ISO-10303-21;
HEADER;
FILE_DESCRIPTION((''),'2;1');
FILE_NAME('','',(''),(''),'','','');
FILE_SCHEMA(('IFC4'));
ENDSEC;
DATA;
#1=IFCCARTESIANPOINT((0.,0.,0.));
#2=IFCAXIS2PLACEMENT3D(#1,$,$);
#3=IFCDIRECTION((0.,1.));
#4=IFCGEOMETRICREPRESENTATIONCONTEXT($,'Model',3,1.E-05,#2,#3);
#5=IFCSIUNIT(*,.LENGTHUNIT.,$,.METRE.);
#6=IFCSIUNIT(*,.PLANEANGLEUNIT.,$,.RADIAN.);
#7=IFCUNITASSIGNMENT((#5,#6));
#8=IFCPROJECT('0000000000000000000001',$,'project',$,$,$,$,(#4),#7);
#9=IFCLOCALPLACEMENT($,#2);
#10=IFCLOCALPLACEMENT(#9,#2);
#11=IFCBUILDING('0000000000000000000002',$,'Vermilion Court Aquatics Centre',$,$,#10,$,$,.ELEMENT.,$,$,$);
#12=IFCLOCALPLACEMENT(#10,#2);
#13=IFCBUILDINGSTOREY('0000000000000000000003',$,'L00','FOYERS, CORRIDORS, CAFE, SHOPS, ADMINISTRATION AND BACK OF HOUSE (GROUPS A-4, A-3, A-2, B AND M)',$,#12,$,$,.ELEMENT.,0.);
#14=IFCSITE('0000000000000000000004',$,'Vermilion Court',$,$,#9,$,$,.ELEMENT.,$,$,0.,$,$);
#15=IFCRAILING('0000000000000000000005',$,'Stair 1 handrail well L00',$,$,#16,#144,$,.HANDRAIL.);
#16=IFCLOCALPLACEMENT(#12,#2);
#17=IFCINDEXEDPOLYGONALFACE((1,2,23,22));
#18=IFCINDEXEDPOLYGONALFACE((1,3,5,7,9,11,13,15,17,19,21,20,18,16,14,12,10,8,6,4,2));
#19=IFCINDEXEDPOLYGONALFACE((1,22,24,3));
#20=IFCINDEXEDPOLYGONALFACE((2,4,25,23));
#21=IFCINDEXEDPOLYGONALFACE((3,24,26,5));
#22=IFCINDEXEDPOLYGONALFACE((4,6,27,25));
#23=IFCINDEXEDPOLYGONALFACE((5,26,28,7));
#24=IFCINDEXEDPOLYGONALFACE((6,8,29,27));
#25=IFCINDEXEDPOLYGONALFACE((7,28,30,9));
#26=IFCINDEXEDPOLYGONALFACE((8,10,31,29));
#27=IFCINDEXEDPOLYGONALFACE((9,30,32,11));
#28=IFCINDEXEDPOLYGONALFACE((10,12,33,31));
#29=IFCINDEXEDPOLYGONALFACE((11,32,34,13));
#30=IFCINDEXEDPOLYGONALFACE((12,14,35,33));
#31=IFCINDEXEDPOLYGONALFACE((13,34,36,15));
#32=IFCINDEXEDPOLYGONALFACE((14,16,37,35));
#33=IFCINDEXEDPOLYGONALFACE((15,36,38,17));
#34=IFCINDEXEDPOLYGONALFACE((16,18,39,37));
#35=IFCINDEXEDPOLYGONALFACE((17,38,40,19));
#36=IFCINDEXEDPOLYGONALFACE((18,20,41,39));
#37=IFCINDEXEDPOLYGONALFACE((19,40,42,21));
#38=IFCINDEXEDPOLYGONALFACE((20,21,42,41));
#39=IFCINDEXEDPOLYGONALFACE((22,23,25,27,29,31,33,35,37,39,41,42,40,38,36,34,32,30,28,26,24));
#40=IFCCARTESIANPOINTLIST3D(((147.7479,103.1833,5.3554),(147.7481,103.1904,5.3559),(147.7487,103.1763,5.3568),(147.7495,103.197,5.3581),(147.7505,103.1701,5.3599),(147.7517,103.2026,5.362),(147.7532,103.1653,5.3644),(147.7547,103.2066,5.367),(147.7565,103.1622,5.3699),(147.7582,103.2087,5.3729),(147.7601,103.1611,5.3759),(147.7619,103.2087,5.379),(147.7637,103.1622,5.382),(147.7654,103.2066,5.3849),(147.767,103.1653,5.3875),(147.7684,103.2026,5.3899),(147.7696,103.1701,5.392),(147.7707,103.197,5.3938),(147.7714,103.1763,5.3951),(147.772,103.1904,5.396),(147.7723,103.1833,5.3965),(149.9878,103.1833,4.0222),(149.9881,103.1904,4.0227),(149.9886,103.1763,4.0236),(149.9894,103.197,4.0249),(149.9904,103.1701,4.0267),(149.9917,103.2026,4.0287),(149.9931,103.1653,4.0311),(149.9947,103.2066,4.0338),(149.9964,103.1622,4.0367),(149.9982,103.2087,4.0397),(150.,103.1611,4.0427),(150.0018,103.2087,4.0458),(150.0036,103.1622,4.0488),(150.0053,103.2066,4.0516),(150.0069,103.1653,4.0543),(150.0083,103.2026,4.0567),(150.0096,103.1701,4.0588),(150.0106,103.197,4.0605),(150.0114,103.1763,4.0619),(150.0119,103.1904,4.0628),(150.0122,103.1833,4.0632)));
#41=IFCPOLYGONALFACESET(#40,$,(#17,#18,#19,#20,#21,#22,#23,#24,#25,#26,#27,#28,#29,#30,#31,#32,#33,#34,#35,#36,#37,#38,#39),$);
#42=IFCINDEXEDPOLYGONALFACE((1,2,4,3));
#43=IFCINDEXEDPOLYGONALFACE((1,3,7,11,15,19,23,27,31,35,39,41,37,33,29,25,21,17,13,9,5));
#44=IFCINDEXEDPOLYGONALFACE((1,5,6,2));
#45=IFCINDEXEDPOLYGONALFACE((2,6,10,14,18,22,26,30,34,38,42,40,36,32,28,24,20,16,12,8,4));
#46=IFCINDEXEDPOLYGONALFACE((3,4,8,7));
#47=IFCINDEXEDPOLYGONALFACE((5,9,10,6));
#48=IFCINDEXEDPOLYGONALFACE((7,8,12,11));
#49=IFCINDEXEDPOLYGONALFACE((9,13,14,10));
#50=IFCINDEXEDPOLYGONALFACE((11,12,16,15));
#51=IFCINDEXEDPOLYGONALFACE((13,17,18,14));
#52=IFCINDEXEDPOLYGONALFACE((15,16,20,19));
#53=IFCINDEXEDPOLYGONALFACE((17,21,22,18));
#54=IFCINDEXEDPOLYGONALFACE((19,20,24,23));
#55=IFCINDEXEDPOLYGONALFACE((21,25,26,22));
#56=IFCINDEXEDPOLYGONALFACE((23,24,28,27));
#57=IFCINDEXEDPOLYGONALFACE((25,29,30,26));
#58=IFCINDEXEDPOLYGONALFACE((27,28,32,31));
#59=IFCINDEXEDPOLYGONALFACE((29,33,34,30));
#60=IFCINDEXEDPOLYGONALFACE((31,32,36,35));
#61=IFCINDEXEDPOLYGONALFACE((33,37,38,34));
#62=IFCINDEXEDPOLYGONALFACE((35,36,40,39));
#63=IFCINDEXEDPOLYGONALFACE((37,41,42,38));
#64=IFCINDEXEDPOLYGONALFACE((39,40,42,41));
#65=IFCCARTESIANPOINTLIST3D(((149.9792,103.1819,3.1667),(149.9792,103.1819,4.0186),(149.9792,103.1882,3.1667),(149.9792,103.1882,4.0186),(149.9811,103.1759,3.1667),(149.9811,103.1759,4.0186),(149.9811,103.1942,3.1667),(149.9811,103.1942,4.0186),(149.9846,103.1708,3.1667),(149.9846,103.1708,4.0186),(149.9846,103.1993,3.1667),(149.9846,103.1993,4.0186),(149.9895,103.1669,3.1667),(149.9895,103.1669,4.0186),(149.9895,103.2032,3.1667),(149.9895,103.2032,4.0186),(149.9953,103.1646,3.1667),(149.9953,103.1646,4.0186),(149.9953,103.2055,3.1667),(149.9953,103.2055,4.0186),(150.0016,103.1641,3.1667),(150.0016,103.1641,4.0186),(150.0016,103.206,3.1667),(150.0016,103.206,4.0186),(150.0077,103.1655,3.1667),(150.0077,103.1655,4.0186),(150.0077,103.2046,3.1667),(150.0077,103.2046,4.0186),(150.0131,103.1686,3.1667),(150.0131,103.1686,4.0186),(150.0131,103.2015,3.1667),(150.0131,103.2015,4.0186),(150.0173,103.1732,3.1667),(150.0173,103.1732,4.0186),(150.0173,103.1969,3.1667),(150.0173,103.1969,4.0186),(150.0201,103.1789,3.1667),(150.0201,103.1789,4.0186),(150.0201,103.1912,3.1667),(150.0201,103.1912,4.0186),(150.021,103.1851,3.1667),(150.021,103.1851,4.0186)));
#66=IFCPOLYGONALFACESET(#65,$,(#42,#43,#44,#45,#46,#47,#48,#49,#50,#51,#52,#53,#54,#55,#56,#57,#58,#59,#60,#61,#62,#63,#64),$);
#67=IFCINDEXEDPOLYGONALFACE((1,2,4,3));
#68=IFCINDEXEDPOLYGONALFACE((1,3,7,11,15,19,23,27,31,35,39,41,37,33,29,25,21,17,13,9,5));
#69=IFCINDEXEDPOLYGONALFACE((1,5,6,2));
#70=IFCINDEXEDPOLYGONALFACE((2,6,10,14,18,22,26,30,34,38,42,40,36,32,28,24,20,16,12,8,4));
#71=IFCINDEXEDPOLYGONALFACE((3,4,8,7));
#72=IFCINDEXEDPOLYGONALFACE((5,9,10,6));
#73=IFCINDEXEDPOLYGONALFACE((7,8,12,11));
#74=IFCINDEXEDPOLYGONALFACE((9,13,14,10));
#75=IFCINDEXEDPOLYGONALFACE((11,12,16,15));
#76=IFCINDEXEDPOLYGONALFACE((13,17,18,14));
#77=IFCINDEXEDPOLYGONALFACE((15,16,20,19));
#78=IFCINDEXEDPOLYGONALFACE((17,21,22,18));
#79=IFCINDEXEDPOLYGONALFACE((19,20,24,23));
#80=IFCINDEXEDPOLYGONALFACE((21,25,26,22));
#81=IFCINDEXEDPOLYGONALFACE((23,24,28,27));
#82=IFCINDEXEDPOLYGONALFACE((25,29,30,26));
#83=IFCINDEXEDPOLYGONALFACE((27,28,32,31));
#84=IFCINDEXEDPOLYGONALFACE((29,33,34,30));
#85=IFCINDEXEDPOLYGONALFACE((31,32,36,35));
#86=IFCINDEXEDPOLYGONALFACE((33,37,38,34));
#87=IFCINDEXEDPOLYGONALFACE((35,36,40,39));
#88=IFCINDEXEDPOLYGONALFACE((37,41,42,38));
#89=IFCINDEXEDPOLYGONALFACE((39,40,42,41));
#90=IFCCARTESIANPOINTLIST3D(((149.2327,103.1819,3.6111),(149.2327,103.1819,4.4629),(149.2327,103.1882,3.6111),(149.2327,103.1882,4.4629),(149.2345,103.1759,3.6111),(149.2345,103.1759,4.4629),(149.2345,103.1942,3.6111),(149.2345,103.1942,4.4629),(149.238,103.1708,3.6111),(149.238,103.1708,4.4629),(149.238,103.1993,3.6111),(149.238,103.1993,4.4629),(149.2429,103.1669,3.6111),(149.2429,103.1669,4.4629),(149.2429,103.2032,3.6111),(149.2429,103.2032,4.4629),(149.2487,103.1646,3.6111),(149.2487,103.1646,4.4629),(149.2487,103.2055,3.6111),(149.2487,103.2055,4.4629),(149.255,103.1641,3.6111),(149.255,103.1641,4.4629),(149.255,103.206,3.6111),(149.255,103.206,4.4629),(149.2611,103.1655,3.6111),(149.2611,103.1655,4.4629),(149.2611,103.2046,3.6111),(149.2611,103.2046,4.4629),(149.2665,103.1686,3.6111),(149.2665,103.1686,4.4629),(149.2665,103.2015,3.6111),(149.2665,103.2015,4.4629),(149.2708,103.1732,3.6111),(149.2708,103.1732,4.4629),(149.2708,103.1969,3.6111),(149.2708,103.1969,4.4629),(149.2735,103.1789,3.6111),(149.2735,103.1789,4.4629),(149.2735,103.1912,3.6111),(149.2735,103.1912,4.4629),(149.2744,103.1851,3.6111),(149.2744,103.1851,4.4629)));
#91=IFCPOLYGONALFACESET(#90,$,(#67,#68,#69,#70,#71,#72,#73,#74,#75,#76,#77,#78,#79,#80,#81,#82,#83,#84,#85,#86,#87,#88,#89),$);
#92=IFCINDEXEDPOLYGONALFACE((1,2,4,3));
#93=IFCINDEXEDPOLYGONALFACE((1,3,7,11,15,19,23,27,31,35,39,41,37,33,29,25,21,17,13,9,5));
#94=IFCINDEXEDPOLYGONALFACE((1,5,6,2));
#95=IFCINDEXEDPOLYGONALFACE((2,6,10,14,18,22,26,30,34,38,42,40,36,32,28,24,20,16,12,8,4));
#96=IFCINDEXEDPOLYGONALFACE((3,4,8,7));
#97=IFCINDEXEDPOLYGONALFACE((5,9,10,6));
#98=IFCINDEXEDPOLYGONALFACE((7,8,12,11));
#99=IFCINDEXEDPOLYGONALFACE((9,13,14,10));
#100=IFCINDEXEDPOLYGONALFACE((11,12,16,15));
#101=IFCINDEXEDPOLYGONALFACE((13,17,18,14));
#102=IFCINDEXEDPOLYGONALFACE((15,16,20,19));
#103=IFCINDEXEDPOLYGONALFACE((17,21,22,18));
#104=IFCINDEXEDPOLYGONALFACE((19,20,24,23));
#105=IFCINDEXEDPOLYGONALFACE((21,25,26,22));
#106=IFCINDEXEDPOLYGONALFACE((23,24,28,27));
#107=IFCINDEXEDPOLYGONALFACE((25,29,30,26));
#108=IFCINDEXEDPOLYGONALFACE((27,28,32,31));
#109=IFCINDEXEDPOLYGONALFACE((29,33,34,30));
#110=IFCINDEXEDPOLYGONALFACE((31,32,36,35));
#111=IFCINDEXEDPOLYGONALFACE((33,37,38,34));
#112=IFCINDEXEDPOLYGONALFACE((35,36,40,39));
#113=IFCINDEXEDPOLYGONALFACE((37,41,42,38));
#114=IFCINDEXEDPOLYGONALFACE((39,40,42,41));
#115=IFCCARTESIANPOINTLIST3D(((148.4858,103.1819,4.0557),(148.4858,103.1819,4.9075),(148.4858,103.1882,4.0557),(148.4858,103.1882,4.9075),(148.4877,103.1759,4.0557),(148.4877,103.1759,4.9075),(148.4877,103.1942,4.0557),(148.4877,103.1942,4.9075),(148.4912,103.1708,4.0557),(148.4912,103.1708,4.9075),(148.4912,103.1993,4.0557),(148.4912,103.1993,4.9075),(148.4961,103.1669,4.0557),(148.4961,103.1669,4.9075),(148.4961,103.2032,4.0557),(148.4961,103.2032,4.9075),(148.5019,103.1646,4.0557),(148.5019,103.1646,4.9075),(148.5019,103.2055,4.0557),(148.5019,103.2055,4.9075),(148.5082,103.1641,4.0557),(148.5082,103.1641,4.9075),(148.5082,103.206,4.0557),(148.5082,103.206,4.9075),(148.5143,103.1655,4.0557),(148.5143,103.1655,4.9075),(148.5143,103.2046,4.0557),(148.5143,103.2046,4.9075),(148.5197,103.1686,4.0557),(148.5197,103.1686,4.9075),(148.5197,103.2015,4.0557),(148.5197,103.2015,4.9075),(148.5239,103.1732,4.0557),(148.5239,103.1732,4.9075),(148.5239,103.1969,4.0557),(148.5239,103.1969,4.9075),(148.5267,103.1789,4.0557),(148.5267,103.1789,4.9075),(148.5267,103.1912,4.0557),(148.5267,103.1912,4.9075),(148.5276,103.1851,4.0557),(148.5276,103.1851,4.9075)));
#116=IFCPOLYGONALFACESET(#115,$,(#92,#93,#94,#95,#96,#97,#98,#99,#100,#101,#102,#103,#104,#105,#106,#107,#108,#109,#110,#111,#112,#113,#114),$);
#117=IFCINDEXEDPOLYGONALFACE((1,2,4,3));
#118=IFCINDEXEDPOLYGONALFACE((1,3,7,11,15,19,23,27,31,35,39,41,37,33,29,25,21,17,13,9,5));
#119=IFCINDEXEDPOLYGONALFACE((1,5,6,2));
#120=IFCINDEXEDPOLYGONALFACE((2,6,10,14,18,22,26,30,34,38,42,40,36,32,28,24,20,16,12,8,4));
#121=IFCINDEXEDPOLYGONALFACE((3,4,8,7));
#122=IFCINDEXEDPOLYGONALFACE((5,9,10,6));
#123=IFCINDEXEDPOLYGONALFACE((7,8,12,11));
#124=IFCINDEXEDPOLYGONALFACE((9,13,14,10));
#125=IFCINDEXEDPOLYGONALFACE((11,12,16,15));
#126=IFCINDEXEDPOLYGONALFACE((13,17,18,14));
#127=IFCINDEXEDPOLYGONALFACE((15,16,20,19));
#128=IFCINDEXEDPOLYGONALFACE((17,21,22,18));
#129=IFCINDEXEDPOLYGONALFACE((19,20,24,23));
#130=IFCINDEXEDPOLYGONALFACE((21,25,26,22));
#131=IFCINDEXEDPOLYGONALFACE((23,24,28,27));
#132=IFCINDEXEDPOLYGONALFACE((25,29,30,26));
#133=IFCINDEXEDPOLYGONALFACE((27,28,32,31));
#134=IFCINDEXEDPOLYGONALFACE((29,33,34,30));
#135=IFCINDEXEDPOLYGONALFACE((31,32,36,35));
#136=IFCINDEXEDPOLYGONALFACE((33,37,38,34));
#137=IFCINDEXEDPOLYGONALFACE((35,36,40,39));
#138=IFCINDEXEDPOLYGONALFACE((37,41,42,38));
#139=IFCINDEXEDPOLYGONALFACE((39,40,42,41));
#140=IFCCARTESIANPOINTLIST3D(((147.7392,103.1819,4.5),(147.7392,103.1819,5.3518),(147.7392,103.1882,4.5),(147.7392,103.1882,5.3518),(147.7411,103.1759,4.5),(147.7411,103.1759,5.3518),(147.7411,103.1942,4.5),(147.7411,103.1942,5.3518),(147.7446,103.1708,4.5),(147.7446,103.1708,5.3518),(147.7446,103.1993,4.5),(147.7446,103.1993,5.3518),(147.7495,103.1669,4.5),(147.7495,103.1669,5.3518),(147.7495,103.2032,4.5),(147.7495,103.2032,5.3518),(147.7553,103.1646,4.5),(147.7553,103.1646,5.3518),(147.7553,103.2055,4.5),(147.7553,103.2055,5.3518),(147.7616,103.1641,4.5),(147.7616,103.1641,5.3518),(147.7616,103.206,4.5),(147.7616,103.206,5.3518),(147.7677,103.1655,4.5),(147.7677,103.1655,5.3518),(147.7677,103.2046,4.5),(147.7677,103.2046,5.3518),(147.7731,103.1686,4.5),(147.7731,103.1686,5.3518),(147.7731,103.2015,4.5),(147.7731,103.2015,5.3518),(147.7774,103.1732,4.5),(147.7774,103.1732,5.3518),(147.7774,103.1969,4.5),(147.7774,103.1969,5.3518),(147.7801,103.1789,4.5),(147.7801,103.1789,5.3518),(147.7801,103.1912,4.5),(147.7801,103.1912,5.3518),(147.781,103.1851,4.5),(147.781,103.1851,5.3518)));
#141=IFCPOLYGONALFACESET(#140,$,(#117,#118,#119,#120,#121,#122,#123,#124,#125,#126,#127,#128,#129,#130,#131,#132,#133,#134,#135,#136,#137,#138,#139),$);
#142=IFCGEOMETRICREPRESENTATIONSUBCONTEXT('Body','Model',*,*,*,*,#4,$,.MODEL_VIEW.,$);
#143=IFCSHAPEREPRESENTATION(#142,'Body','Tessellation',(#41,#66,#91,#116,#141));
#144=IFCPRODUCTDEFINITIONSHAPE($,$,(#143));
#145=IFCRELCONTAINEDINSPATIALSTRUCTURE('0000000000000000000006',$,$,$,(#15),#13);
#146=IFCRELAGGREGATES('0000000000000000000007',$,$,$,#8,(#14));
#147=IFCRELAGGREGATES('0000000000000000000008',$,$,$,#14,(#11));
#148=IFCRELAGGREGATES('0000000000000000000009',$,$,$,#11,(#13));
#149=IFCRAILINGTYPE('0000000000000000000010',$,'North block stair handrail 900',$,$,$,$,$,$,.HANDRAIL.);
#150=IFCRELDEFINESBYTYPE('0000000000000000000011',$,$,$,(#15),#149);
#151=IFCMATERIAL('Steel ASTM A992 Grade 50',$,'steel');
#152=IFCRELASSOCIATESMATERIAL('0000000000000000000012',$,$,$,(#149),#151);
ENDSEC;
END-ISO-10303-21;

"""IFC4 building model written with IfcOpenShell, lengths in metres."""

from ifc_helpers import new_model, si_unit, direction, frame, origin, origin_2d, place, context, subcontext, project, spatial, circle, extrude, material, type_object, element, save


model = new_model("IFC4")

# Units and contexts
model_context = context("Model", 3, precision=1e-05, world=origin(), true_north=direction((0.0, 1.0)))
body_context = subcontext(model_context, "Body", "Model", "MODEL_VIEW")
ifc_project = project(units=[si_unit("LENGTHUNIT", "METRE"), si_unit("PLANEANGLEUNIT", "RADIAN")], contexts=[model_context])

# Site, building, storey
site_placement = place(None, origin())
site = spatial("IfcSite", under=ifc_project, at=site_placement, Name="Vermilion Court", CompositionType="ELEMENT", RefElevation=0.0)
building_placement = place(site_placement, origin())
building = spatial("IfcBuilding", under=site, at=building_placement, Name="Vermilion Court Aquatics Centre", CompositionType="ELEMENT")
storey_placement = place(building_placement, origin())
storey = spatial("IfcBuildingStorey", under=building, at=storey_placement, Name="L00", Description="FOYERS, CORRIDORS, CAFE, SHOPS, ADMINISTRATION AND BACK OF HOUSE (GROUPS A-4, A-3, A-2, B AND M)", CompositionType="ELEMENT", Elevation=0.0)

# Railing
ifc_material_1 = material(Name="Steel ASTM A992 Grade 50", Category="steel")
railing_type_1 = type_object("IfcRailingType", Name="North block stair handrail 900", PredefinedType="HANDRAIL", material=ifc_material_1)
railing_1_placement = place(storey_placement, frame((150.0, 103.1851, 3.1667)))
element("IfcRailing", 1, at=railing_1_placement, inside=storey, type_object=railing_type_1, Name="Stair 1 handrail well L00", PredefinedType="HANDRAIL", context=body_context, shape_type="SweptSolid", body=[
    extrude(circle(Radius=0.0239, at=origin_2d()), frame((0.0, 0.0, 0.876), z_axis=(-0.859306, 0.0, 0.511462), x_axis=(0.0, -1.0, 0.0)), (0.0, 0.0, 1.0), 2.6067),
    extrude(circle(Radius=0.021, at=origin_2d()), origin(), (0.0, 0.0, 1.0), 0.8518),
    extrude(circle(Radius=0.021, at=origin_2d()), frame((-0.7466, 0.0, 0.4443)), (0.0, 0.0, 1.0), 0.8518),
    extrude(circle(Radius=0.021, at=origin_2d()), frame((-1.4934, 0.0, 0.8889)), (0.0, 0.0, 1.0), 0.8518),
    extrude(circle(Radius=0.021, at=origin_2d()), frame((-2.24, 0.0, 1.3333)), (0.0, 0.0, 1.0), 0.8518),
])

save(model, "model.ifc")
